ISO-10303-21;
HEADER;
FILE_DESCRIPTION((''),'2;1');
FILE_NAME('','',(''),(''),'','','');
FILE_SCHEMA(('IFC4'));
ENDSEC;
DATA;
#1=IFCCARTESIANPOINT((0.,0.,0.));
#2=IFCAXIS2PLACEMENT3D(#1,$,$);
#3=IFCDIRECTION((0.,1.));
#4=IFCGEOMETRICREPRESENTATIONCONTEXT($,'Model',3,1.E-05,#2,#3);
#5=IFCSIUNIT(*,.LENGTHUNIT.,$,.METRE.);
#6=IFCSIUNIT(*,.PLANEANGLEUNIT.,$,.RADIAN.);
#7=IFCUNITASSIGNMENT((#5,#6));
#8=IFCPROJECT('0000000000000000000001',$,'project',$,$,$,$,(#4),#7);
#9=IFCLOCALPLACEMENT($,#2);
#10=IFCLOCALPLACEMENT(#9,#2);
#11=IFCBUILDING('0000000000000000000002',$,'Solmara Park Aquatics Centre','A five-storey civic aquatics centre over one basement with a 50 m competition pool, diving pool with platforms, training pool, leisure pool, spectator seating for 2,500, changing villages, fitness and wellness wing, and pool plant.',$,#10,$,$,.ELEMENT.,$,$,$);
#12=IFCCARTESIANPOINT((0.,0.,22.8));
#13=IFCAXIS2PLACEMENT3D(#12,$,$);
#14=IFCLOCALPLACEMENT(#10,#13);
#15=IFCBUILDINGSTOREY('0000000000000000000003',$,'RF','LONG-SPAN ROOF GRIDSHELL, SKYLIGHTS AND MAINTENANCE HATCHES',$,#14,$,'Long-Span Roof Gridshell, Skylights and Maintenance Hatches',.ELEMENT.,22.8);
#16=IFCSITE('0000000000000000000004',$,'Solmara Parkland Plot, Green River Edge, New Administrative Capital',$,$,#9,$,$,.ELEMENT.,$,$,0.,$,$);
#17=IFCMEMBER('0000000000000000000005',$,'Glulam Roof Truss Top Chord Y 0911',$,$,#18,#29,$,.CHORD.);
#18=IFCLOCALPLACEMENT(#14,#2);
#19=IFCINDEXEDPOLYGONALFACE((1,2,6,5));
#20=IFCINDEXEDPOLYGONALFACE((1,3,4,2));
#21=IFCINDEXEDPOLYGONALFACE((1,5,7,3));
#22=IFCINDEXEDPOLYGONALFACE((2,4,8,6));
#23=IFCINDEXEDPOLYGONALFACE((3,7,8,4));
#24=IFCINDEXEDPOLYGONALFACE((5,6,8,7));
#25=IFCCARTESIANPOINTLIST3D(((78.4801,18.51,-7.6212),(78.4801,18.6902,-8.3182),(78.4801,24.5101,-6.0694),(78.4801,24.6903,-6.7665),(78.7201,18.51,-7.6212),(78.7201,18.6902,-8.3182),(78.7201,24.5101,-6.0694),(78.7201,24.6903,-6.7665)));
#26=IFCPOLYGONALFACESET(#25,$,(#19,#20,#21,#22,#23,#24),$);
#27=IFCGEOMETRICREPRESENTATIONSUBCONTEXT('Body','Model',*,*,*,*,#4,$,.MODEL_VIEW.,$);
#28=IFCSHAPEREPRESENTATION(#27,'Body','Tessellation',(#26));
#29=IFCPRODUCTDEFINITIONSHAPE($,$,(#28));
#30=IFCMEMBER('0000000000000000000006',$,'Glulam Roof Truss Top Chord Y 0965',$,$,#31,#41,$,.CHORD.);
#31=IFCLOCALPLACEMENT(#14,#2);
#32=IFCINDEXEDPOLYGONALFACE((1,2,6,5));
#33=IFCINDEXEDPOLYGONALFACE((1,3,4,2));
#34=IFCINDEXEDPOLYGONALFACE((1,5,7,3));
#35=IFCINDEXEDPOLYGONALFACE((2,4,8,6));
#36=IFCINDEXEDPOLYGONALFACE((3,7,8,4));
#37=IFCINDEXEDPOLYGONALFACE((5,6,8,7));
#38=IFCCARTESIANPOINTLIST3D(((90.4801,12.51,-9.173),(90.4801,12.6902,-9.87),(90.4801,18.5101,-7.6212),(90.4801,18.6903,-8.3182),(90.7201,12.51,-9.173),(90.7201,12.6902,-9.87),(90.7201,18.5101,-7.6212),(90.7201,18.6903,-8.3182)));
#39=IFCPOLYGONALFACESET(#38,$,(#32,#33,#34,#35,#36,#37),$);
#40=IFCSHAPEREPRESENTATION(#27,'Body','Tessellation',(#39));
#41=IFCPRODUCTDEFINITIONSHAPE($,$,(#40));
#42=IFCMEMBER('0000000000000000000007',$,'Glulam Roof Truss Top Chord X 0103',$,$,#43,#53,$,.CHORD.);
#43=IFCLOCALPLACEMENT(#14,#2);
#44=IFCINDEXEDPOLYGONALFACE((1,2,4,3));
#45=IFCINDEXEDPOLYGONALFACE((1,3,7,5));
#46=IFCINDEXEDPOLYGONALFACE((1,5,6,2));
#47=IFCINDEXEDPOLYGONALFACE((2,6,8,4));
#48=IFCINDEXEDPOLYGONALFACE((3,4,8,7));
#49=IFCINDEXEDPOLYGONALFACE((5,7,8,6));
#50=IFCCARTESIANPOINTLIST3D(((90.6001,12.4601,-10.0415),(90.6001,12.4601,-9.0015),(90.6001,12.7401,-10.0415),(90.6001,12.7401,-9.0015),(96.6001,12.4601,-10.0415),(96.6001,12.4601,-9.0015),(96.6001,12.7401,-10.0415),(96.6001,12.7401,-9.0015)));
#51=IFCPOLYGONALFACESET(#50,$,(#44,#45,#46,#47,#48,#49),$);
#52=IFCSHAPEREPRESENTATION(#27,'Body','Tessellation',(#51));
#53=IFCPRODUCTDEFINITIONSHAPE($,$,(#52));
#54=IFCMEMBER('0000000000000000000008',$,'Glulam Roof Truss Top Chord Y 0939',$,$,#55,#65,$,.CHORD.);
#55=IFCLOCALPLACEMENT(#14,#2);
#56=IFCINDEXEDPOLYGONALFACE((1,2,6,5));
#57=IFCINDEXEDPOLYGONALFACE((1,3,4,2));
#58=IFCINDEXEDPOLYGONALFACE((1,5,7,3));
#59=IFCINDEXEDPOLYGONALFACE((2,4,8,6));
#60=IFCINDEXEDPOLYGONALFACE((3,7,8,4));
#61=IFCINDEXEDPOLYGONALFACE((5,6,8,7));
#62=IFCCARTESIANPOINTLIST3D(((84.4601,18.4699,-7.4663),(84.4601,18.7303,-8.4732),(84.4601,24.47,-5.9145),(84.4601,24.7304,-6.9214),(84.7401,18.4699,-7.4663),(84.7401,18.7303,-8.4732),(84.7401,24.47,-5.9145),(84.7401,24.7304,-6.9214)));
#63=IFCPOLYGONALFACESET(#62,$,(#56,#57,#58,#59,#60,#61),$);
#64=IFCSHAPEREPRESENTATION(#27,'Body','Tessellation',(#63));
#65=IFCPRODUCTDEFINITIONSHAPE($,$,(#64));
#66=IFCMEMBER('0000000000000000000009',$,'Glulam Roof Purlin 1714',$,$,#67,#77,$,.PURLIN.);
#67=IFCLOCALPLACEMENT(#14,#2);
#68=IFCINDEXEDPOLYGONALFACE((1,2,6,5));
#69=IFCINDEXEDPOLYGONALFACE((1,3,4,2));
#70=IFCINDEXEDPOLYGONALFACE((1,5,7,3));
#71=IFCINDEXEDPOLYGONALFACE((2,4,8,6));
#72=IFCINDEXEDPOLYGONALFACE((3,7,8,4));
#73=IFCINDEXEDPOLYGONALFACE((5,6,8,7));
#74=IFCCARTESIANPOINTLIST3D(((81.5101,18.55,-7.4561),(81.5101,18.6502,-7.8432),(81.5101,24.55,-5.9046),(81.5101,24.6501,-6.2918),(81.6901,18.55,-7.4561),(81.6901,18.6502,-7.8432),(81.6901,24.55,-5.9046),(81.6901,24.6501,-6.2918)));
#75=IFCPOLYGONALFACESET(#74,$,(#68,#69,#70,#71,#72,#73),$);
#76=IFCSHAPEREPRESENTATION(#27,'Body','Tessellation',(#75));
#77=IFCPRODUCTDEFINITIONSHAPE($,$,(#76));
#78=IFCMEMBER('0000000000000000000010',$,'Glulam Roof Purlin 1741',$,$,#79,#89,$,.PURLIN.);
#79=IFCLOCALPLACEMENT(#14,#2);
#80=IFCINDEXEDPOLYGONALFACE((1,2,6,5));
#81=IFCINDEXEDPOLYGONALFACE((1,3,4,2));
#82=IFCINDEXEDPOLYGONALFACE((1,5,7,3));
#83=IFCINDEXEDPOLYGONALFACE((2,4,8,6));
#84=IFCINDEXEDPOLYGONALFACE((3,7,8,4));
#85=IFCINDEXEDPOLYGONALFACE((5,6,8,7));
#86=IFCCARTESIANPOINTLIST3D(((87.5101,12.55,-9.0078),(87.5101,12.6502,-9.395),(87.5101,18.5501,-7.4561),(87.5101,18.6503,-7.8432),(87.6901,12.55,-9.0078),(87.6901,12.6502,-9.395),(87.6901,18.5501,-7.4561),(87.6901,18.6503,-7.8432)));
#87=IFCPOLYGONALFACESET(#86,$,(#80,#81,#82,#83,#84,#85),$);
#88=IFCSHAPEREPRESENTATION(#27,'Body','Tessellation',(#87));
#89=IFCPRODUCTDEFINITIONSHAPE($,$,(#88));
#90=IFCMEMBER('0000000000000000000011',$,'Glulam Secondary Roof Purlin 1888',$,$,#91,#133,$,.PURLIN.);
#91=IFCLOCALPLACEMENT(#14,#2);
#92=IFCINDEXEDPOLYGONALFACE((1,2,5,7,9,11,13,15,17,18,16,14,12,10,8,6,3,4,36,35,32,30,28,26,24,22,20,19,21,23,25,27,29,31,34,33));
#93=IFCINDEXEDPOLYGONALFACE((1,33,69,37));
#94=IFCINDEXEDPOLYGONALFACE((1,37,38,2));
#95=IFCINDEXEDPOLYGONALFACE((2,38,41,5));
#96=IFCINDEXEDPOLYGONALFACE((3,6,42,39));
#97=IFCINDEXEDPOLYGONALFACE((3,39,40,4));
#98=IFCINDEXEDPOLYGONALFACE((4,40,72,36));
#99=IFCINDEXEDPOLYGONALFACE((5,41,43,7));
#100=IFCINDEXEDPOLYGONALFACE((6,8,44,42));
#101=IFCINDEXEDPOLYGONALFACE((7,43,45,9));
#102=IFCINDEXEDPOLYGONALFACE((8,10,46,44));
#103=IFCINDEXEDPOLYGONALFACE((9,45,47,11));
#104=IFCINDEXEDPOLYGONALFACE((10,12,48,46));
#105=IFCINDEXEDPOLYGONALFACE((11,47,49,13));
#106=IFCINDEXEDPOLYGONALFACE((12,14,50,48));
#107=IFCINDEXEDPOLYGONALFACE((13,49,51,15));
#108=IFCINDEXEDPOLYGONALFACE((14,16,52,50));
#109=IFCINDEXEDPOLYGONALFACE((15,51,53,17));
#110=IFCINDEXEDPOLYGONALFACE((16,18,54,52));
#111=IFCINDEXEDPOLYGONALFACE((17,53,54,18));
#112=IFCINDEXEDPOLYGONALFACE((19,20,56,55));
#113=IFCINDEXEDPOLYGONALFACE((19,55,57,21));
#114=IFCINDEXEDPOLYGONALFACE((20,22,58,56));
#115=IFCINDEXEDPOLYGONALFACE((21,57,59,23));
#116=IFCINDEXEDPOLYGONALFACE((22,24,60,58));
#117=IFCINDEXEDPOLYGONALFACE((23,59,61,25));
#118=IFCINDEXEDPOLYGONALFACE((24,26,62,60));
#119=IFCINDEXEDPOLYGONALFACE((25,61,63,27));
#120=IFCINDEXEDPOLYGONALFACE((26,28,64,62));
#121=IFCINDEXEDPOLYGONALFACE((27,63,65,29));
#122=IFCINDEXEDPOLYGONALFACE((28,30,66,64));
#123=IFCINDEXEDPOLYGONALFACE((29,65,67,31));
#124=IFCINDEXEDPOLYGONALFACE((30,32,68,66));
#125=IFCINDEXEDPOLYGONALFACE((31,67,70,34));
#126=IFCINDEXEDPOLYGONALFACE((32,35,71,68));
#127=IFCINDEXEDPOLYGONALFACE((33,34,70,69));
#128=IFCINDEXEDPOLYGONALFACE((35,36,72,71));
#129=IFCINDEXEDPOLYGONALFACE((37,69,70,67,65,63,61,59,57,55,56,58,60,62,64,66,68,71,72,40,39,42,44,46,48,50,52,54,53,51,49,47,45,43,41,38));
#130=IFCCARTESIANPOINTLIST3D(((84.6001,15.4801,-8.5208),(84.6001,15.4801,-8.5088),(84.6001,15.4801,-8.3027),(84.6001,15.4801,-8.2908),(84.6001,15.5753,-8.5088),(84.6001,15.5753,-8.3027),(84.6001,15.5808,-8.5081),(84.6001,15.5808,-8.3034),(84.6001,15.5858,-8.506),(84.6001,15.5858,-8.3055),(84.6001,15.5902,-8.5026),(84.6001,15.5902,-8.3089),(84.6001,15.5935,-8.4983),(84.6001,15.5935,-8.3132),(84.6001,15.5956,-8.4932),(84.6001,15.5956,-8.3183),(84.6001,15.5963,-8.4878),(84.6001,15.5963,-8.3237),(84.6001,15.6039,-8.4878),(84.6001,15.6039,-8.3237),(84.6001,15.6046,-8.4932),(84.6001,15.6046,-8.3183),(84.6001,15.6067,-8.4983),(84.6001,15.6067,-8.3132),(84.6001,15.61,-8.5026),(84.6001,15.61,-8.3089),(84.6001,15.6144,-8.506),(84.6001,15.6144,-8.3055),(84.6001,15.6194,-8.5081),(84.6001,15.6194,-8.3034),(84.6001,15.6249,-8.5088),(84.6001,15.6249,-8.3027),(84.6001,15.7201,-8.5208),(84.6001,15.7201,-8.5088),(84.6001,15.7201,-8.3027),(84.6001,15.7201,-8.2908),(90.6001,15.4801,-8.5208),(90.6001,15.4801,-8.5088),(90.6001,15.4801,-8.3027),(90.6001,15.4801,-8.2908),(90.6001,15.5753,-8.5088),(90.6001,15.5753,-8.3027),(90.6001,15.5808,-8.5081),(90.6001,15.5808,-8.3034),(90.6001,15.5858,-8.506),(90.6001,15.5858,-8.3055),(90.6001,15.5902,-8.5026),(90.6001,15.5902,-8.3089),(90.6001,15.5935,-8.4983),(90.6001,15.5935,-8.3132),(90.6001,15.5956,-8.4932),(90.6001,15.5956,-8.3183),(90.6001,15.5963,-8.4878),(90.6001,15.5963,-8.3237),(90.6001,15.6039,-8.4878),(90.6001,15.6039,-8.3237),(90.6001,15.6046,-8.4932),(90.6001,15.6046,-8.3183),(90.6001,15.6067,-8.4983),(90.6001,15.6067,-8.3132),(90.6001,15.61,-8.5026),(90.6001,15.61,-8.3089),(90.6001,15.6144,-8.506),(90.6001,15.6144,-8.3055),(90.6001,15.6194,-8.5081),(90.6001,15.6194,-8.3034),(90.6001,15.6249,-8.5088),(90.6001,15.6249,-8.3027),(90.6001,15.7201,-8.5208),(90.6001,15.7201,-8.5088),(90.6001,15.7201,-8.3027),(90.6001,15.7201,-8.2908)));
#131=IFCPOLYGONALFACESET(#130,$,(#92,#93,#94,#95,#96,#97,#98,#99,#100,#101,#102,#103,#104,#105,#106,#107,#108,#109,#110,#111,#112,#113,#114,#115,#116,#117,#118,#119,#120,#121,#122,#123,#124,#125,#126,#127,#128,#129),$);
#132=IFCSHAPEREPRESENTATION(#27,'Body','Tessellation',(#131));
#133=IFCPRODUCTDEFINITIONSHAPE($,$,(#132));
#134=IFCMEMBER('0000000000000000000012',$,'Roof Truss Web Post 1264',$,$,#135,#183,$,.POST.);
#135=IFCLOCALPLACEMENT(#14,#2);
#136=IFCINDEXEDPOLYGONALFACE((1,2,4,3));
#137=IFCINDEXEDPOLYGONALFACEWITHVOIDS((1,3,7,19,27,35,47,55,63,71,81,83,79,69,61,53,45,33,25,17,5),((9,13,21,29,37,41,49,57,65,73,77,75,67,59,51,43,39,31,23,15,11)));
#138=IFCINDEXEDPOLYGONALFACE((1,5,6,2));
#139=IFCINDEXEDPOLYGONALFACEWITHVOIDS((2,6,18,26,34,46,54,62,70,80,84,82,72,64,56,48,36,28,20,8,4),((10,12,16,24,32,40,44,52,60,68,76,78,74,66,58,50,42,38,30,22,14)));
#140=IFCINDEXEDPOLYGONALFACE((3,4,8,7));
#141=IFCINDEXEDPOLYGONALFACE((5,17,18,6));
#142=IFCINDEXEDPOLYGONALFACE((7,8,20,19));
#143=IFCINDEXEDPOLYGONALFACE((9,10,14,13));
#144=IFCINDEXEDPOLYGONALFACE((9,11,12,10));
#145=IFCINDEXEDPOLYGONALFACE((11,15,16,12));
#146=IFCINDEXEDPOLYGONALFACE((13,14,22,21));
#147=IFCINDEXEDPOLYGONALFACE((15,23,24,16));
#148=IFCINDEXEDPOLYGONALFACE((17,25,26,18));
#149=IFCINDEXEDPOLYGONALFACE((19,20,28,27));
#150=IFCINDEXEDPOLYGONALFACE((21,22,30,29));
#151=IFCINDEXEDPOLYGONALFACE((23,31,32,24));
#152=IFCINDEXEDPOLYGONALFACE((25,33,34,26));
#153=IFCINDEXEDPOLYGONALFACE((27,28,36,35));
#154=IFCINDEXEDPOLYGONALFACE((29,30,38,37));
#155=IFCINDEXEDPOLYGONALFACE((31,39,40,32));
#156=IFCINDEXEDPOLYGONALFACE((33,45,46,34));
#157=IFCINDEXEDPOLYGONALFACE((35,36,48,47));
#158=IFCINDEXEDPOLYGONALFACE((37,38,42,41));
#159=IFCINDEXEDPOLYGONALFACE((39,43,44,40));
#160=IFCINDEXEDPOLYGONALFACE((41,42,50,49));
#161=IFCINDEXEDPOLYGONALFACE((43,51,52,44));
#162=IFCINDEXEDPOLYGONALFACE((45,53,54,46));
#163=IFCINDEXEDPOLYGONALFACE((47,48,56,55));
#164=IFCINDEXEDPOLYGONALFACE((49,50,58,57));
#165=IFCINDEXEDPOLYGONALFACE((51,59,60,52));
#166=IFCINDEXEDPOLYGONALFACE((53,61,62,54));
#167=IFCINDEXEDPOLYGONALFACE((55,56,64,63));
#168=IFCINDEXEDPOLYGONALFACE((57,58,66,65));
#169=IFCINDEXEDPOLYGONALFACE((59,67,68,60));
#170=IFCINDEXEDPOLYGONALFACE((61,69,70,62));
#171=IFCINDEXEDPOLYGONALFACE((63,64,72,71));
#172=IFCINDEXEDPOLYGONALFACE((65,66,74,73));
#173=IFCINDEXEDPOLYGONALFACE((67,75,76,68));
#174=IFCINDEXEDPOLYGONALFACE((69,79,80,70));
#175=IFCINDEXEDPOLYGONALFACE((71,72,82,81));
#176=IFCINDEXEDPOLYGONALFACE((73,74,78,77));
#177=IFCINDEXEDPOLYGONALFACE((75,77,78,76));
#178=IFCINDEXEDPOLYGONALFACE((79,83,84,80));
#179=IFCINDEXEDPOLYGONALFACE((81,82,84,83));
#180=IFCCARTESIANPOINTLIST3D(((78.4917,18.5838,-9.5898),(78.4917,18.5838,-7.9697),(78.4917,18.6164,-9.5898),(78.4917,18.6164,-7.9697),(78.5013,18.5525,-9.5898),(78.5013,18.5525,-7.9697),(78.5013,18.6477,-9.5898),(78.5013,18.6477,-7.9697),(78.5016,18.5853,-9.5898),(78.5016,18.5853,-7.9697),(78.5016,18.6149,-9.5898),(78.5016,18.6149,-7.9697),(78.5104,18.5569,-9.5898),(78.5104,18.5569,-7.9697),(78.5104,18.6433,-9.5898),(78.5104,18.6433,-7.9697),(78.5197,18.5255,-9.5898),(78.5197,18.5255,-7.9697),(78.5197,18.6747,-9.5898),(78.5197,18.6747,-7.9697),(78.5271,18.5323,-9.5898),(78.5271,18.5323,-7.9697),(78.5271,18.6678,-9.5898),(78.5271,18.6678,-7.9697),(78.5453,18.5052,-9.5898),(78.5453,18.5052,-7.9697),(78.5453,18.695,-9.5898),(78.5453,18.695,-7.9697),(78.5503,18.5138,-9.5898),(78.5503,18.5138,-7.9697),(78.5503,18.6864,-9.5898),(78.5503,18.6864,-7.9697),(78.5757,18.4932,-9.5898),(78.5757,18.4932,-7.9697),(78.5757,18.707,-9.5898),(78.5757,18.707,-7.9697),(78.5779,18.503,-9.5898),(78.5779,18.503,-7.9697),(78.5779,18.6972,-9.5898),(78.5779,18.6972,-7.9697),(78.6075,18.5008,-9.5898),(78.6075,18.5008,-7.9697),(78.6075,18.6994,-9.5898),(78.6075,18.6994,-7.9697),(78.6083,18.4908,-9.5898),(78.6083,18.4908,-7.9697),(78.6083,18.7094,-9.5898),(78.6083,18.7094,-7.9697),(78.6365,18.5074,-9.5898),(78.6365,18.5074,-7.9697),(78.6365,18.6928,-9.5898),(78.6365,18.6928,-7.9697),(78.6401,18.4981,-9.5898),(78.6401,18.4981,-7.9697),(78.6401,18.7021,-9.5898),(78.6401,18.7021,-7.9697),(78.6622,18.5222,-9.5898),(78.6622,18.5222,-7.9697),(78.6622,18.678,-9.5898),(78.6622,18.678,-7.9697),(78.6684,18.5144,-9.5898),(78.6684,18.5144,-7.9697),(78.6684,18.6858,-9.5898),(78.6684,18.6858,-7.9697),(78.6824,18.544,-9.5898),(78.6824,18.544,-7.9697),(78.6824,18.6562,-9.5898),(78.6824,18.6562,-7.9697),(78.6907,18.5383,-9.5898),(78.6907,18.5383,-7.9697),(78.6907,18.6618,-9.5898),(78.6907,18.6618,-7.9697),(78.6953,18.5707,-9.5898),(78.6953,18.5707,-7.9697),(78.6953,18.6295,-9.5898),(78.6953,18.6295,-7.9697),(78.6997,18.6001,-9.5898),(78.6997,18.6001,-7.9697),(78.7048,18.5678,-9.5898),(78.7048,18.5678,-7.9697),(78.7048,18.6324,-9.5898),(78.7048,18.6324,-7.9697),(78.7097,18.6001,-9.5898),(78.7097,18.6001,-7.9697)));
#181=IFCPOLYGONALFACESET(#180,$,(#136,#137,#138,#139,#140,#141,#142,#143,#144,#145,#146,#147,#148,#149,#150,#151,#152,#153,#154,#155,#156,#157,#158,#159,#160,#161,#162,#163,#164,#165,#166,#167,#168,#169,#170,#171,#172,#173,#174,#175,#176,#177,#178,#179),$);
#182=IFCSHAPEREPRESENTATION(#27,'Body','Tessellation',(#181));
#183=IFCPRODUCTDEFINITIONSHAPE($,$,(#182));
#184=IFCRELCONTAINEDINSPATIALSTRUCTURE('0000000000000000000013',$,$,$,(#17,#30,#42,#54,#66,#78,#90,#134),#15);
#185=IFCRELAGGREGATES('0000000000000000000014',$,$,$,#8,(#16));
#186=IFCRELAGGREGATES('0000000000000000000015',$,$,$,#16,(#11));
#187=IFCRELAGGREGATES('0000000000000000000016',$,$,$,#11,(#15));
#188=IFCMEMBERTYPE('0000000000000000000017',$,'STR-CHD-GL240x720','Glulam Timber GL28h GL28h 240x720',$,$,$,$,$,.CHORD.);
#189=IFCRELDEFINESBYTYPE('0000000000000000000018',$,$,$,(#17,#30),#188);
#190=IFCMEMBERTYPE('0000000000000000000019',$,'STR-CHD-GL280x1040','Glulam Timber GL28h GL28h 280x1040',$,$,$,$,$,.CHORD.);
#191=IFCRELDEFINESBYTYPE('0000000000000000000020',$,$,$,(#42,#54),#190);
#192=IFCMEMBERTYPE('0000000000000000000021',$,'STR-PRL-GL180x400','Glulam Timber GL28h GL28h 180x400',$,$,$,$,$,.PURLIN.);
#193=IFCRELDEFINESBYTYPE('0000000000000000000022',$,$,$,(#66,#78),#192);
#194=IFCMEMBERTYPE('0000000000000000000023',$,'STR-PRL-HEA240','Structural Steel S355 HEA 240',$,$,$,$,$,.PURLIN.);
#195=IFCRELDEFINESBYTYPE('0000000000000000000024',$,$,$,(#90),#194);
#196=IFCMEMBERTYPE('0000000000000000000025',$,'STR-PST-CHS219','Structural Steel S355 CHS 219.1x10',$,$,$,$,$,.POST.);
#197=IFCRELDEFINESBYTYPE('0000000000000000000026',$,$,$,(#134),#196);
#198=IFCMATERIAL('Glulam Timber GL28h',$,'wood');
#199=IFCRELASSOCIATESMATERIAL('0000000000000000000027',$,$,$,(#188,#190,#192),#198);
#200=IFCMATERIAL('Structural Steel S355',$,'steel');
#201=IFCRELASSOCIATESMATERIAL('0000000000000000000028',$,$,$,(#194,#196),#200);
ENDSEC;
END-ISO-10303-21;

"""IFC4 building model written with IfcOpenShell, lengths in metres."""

from ifc_helpers import new_model, si_unit, direction, frame, origin, origin_2d, place, context, subcontext, project, spatial, rectangle, hollow_circle, i_section, extrude, material, material_profile, profile_set, type_object, element, save


model = new_model("IFC4")

# Units and contexts
model_context = context("Model", 3, precision=1e-05, world=origin(), true_north=direction((0.0, 1.0)))
body_context = subcontext(model_context, "Body", "Model", "MODEL_VIEW")
ifc_project = project(units=[si_unit("LENGTHUNIT", "METRE"), si_unit("PLANEANGLEUNIT", "RADIAN")], contexts=[model_context])

# Site, building, storey
site_placement = place(None, origin())
site = spatial("IfcSite", under=ifc_project, at=site_placement, Name="Solmara Parkland Plot, Green River Edge, New Administrative Capital", CompositionType="ELEMENT", RefElevation=0.0)
building_placement = place(site_placement, origin())
building = spatial("IfcBuilding", under=site, at=building_placement, Name="Solmara Park Aquatics Centre", Description="A five-storey civic aquatics centre over one basement with a 50 m competition pool, diving pool with platforms, training pool, leisure pool, spectator seating for 2,500, changing villages, fitness and wellness wing, and pool plant.", CompositionType="ELEMENT")
storey_placement = place(building_placement, frame((0.0, 0.0, 22.8)))
storey = spatial("IfcBuildingStorey", under=building, at=storey_placement, Name="RF", Description="LONG-SPAN ROOF GRIDSHELL, SKYLIGHTS AND MAINTENANCE HATCHES", LongName="Long-Span Roof Gridshell, Skylights and Maintenance Hatches", CompositionType="ELEMENT", Elevation=22.8)

# Members
ifc_material_1 = material(Name="Structural Steel S355", Category="steel")
ifc_material_2 = material(Name="Glulam Timber GL28h", Category="wood")
ifc_material_profile_1 = material_profile(ifc_material_2, rectangle(XDim=0.24, YDim=0.72, at=origin_2d()), Name="GL28h 240x720")
ifc_profile_set_1 = profile_set([ifc_material_profile_1], Name="Glulam Timber GL28h")
member_type_1 = type_object("IfcMemberType", Name="STR-CHD-GL240x720", Description="Glulam Timber GL28h GL28h 240x720", PredefinedType="CHORD", material=ifc_profile_set_1)
for number, where, z_axis, x_axis, name in (
    (1, (78.6001, 18.6001, -7.9697), (0.0, 0.968146, 0.250388), (-1.0, 0.0, 0.0), "Glulam Roof Truss Top Chord Y 0911"),
    (2, (90.6001, 12.6001, -9.5215), (0.0, 0.968146, 0.250388), (-1.0, 0.0, 0.0), "Glulam Roof Truss Top Chord Y 0965"),
):
    element("IfcMember", number, at=place(storey_placement, frame(where, z_axis=z_axis, x_axis=x_axis)), inside=storey, type_object=member_type_1, Name=name, PredefinedType="CHORD", context=body_context, shape_type="SweptSolid", body=[
        extrude(rectangle(XDim=0.24, YDim=0.72, at=origin_2d()), origin(), (0.0, 0.0, 1.0), 6.1975),
    ])
ifc_material_profile_2 = material_profile(ifc_material_2, rectangle(XDim=0.28, YDim=1.04, at=origin_2d()), Name="GL28h 280x1040")
ifc_profile_set_2 = profile_set([ifc_material_profile_2], Name="Glulam Timber GL28h")
member_type_2 = type_object("IfcMemberType", Name="STR-CHD-GL280x1040", Description="Glulam Timber GL28h GL28h 280x1040", PredefinedType="CHORD", material=ifc_profile_set_2)
member_1_placement = place(storey_placement, frame((90.6001, 12.6001, -9.5215), z_axis=(1.0, 0.0, 0.0), x_axis=(0.0, 1.0, 0.0)))
element("IfcMember", 3, at=member_1_placement, inside=storey, type_object=member_type_2, Name="Glulam Roof Truss Top Chord X 0103", PredefinedType="CHORD", context=body_context, shape_type="SweptSolid", body=[
    extrude(rectangle(XDim=0.28, YDim=1.04, at=origin_2d()), origin(), (0.0, 0.0, 1.0), 6.0),
])
member_2_placement = place(storey_placement, frame((84.6001, 18.6001, -7.9697), z_axis=(0.0, 0.968146, 0.250388), x_axis=(-1.0, 0.0, 0.0)))
element("IfcMember", 4, at=member_2_placement, inside=storey, type_object=member_type_2, Name="Glulam Roof Truss Top Chord Y 0939", PredefinedType="CHORD", context=body_context, shape_type="SweptSolid", body=[
    extrude(rectangle(XDim=0.28, YDim=1.04, at=origin_2d()), origin(), (0.0, 0.0, 1.0), 6.1975),
])
ifc_material_profile_3 = material_profile(ifc_material_2, rectangle(XDim=0.1799, YDim=0.3999, at=origin_2d()), Name="GL28h 180x400")
ifc_profile_set_3 = profile_set([ifc_material_profile_3], Name="Glulam Timber GL28h")
member_type_3 = type_object("IfcMemberType", Name="STR-PRL-GL180x400", Description="Glulam Timber GL28h GL28h 180x400", PredefinedType="PURLIN", material=ifc_profile_set_3)
member_3_placement = place(storey_placement, frame((81.6001, 18.6001, -7.6497), z_axis=(0.0, 0.968155, 0.250351), x_axis=(-1.0, 0.0, 0.0)))
element("IfcMember", 5, at=member_3_placement, inside=storey, type_object=member_type_3, Name="Glulam Roof Purlin 1714", PredefinedType="PURLIN", context=body_context, shape_type="SweptSolid", body=[
    extrude(rectangle(XDim=0.1799, YDim=0.3999, at=origin_2d()), origin(), (0.0, 0.0, 1.0), 6.1973),
])
member_4_placement = place(storey_placement, frame((87.6001, 12.6001, -9.2014), z_axis=(0.0, 0.968146, 0.250388), x_axis=(-1.0, 0.0, 0.0)))
element("IfcMember", 6, at=member_4_placement, inside=storey, type_object=member_type_3, Name="Glulam Roof Purlin 1741", PredefinedType="PURLIN", context=body_context, shape_type="SweptSolid", body=[
    extrude(rectangle(XDim=0.1799, YDim=0.3999, at=origin_2d()), origin(), (0.0, 0.0, 1.0), 6.1975),
])
ifc_material_profile_4 = material_profile(ifc_material_1, i_section(OverallWidth=0.24, OverallDepth=0.23, WebThickness=0.0076, FlangeThickness=0.012, FilletRadius=0.021, at=origin_2d()), Name="HEA 240")
ifc_profile_set_4 = profile_set([ifc_material_profile_4], Name="Structural Steel S355")
member_type_4 = type_object("IfcMemberType", Name="STR-PRL-HEA240", Description="Structural Steel S355 HEA 240", PredefinedType="PURLIN", material=ifc_profile_set_4)
member_5_placement = place(storey_placement, frame((84.6001, 15.6001, -8.4058), z_axis=(1.0, 0.0, 0.0), x_axis=(0.0, 1.0, 0.0)))
element("IfcMember", 7, at=member_5_placement, inside=storey, type_object=member_type_4, Name="Glulam Secondary Roof Purlin 1888", PredefinedType="PURLIN", context=body_context, shape_type="SweptSolid", body=[
    extrude(i_section(OverallWidth=0.24, OverallDepth=0.23, WebThickness=0.0076, FlangeThickness=0.012, FilletRadius=0.021, at=origin_2d()), origin(), (0.0, 0.0, 1.0), 6.0),
])
ifc_material_profile_5 = material_profile(ifc_material_1, hollow_circle(Radius=0.1096, WallThickness=0.01, at=origin_2d()), Name="CHS 219.1x10")
ifc_profile_set_5 = profile_set([ifc_material_profile_5], Name="Structural Steel S355")
member_type_5 = type_object("IfcMemberType", Name="STR-PST-CHS219", Description="Structural Steel S355 CHS 219.1x10", PredefinedType="POST", material=ifc_profile_set_5)
for number, where, z_axis, x_axis, name in (
    (8, (78.6001, 18.6001, -9.5898), (0.0, 0.0, 1.0), (1.0, 0.0, 0.0), "Roof Truss Web Post 1264"),
):
    element("IfcMember", number, at=place(storey_placement, frame(where, z_axis=z_axis, x_axis=x_axis)), inside=storey, type_object=member_type_5, Name=name, PredefinedType="POST", context=body_context, shape_type="SweptSolid", body=[
        extrude(hollow_circle(Radius=0.1096, WallThickness=0.01, at=origin_2d()), origin(), (0.0, 0.0, 1.0), 1.6201),
    ])

save(model, "model.ifc")
